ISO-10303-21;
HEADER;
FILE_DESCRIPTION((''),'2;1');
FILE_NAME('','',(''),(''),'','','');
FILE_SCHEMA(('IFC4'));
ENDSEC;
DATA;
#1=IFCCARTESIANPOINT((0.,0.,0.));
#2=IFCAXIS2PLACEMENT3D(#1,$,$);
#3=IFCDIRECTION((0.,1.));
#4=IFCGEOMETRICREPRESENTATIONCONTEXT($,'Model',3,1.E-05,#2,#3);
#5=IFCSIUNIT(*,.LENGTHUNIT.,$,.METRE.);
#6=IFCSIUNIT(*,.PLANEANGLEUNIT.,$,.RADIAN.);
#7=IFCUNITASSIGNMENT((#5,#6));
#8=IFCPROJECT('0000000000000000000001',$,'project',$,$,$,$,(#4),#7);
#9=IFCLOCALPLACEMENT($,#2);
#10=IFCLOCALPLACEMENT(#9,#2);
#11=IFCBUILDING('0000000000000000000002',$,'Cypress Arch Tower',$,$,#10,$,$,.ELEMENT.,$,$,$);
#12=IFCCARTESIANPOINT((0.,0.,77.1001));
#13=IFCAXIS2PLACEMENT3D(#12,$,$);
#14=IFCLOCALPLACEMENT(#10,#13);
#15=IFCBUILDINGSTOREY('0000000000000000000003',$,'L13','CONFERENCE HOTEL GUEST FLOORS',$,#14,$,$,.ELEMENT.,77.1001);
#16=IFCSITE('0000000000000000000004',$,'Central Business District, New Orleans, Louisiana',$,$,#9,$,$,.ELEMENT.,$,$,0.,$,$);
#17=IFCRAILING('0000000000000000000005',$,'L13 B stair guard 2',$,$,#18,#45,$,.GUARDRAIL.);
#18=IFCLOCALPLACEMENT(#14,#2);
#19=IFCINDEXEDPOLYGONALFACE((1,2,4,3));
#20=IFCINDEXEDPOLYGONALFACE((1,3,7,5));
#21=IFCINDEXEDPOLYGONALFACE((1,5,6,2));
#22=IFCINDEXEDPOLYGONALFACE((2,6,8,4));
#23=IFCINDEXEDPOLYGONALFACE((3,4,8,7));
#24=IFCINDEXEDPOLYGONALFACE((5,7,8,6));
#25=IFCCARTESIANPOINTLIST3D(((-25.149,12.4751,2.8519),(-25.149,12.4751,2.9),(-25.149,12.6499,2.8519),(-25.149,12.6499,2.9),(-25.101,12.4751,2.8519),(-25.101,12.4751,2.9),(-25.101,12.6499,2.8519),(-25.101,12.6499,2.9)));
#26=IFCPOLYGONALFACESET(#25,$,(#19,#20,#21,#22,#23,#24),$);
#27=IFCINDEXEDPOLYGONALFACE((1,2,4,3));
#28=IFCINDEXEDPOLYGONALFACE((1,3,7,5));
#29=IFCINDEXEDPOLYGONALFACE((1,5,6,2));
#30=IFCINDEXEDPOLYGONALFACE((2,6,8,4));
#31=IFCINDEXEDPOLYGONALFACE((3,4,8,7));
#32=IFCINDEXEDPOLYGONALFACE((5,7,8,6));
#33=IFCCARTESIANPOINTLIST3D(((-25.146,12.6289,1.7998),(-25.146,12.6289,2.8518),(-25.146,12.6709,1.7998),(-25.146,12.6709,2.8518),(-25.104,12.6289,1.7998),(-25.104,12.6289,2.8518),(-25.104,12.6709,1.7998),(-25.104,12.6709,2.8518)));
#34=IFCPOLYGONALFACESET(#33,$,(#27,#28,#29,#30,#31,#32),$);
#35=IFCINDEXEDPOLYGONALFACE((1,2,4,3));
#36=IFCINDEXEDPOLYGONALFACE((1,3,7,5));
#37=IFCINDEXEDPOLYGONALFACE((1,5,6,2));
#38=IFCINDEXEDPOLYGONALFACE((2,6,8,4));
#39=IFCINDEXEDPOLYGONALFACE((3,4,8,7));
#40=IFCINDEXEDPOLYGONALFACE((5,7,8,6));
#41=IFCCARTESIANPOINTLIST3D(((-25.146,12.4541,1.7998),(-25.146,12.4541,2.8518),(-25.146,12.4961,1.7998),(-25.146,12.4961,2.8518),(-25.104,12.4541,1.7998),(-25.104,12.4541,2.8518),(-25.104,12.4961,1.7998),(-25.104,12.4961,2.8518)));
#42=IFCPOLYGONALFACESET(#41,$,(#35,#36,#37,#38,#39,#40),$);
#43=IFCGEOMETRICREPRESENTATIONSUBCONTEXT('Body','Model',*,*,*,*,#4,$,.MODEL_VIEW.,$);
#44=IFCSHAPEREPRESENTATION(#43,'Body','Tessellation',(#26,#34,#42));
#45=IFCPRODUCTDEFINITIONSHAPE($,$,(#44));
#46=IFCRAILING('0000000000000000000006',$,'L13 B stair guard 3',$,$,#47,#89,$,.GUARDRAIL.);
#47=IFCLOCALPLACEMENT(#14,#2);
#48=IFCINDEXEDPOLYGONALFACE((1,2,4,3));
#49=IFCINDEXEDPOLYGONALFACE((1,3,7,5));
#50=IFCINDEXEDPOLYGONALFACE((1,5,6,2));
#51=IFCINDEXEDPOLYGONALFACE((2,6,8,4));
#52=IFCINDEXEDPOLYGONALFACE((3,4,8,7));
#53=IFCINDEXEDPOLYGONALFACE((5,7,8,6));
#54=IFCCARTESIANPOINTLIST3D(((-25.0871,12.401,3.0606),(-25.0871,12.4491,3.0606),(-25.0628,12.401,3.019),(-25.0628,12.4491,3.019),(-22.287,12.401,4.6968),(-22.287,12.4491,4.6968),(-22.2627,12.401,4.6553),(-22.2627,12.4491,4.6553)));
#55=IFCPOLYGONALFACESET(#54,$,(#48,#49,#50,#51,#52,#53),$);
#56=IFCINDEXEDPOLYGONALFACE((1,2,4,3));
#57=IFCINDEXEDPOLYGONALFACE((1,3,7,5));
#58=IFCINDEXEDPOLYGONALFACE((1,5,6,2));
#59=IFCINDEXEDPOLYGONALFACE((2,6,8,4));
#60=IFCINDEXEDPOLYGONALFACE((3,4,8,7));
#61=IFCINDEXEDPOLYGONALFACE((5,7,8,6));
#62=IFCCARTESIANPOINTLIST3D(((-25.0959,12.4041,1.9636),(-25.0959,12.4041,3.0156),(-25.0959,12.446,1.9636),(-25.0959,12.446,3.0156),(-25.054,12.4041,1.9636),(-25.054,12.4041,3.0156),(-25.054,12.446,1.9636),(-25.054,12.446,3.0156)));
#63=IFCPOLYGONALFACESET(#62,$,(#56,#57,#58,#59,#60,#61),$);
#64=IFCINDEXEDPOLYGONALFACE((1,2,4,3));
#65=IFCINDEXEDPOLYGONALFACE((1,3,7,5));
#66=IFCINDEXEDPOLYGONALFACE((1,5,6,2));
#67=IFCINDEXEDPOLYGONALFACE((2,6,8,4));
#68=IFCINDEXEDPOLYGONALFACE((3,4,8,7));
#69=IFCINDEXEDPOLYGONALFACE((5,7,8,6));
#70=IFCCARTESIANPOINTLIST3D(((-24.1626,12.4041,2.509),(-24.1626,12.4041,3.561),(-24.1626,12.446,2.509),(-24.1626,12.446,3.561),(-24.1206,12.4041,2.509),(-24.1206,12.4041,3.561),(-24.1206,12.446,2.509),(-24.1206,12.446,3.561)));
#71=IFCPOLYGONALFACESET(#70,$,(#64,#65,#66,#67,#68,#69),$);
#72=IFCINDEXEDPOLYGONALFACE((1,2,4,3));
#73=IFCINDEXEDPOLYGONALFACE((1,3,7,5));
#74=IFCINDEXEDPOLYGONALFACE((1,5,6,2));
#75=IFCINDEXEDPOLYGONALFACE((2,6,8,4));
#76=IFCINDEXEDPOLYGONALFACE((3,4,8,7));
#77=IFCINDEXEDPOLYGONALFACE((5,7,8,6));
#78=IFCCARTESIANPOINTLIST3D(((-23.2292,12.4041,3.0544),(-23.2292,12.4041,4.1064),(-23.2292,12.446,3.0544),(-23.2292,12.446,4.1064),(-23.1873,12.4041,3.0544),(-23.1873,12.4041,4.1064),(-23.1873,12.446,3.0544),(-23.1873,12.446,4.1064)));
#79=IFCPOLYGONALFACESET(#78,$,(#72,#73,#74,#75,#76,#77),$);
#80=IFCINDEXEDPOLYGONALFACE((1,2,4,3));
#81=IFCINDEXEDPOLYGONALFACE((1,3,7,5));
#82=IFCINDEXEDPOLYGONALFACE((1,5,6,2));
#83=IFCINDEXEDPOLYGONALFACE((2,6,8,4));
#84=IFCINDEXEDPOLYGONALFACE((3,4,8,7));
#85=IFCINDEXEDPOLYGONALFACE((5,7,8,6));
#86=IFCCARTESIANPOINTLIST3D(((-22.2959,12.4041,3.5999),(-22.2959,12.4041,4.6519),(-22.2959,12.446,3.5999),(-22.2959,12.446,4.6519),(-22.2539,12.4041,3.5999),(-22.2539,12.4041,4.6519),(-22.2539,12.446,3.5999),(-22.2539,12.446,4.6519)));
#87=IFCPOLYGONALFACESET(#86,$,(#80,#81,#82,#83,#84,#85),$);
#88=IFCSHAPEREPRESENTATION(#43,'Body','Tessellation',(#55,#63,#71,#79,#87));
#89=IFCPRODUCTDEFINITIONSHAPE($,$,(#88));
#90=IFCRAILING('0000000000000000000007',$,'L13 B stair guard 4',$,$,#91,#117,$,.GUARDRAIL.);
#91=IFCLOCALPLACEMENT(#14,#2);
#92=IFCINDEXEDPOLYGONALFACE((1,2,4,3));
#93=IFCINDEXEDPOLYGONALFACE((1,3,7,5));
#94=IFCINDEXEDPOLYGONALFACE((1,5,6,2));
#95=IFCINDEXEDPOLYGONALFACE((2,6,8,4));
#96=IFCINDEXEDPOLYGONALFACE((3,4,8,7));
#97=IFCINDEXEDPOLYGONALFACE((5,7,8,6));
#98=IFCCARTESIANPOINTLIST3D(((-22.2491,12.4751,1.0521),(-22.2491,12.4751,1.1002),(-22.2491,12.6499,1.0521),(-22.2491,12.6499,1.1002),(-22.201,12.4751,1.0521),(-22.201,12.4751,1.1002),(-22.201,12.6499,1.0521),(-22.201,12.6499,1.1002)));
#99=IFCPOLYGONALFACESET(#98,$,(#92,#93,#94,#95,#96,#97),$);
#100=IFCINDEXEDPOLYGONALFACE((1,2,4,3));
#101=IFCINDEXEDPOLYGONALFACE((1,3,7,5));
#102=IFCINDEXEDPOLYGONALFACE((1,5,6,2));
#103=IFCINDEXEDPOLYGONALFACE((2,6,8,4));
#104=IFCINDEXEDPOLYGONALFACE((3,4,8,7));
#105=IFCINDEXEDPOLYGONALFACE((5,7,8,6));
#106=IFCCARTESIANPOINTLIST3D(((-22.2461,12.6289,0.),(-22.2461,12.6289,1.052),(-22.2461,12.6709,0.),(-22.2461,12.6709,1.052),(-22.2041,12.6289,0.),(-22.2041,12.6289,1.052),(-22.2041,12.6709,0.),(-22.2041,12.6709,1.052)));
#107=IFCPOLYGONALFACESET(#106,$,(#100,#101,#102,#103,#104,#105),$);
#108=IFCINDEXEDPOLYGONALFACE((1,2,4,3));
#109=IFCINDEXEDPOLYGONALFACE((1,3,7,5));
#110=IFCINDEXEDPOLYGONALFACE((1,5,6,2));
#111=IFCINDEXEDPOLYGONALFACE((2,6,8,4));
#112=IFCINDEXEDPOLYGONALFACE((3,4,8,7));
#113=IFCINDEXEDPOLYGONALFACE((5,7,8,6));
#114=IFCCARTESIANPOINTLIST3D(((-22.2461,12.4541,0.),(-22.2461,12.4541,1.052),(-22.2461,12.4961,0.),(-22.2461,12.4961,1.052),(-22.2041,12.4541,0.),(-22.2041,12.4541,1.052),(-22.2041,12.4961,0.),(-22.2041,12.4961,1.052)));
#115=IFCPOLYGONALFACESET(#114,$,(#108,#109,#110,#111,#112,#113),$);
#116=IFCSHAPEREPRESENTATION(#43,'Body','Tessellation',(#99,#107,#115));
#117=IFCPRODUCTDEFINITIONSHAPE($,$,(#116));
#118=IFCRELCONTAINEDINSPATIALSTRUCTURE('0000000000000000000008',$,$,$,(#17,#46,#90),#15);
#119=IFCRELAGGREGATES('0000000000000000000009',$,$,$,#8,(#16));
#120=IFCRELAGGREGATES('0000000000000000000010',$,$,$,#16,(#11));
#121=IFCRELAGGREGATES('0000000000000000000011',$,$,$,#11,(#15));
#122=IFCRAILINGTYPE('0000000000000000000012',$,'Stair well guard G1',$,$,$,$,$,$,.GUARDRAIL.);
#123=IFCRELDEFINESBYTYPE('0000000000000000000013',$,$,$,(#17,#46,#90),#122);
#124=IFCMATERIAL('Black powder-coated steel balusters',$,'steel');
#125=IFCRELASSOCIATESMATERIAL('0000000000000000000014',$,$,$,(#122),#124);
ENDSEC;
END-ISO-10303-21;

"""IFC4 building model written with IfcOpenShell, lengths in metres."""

from ifc_helpers import new_model, si_unit, direction, frame, origin, origin_2d, place, context, subcontext, project, spatial, rectangle, extrude, material, type_object, element, save


model = new_model("IFC4")

# Units and contexts
model_context = context("Model", 3, precision=1e-05, world=origin(), true_north=direction((0.0, 1.0)))
body_context = subcontext(model_context, "Body", "Model", "MODEL_VIEW")
ifc_project = project(units=[si_unit("LENGTHUNIT", "METRE"), si_unit("PLANEANGLEUNIT", "RADIAN")], contexts=[model_context])

# Site, building, storey
site_placement = place(None, origin())
site = spatial("IfcSite", under=ifc_project, at=site_placement, Name="Central Business District, New Orleans, Louisiana", CompositionType="ELEMENT", RefElevation=0.0)
building_placement = place(site_placement, origin())
building = spatial("IfcBuilding", under=site, at=building_placement, Name="Cypress Arch Tower", CompositionType="ELEMENT")
storey_placement = place(building_placement, frame((0.0, 0.0, 77.1001)))
storey = spatial("IfcBuildingStorey", under=building, at=storey_placement, Name="L13", Description="CONFERENCE HOTEL GUEST FLOORS", CompositionType="ELEMENT", Elevation=77.1001)

# Railings
ifc_material_1 = material(Name="Black powder-coated steel balusters", Category="steel")
railing_type_1 = type_object("IfcRailingType", Name="Stair well guard G1", PredefinedType="GUARDRAIL", material=ifc_material_1)
railing_1_placement = place(storey_placement, frame((-25.125, 12.6499, 1.7998)))
element("IfcRailing", 1, at=railing_1_placement, inside=storey, type_object=railing_type_1, Name="L13 B stair guard 2", PredefinedType="GUARDRAIL", context=body_context, shape_type="SweptSolid", body=[
    extrude(rectangle(XDim=0.0481, YDim=0.0481, at=origin_2d()), frame((0.0, 0.0, 1.0762), z_axis=(0.0, -1.0, 0.0), x_axis=(1.0, 0.0, 0.0)), (0.0, 0.0, 1.0), 0.1748),
    extrude(rectangle(XDim=0.042, YDim=0.042, at=origin_2d()), origin(), (0.0, 0.0, 1.0), 1.052),
    extrude(rectangle(XDim=0.042, YDim=0.042, at=origin_2d()), frame((0.0, -0.1748, 0.0)), (0.0, 0.0, 1.0), 1.052),
])
railing_2_placement = place(storey_placement, frame((-25.075, 12.425, 1.9636)))
element("IfcRailing", 2, at=railing_2_placement, inside=storey, type_object=railing_type_1, Name="L13 B stair guard 3", PredefinedType="GUARDRAIL", context=body_context, shape_type="SweptSolid", body=[
    extrude(rectangle(XDim=0.0481, YDim=0.0481, at=origin_2d()), frame((0.0, 0.0, 1.0762), z_axis=(0.863394, 0.0, 0.504531), x_axis=(0.0, 1.0, 0.0)), (0.0, 0.0, 1.0), 3.2432),
    extrude(rectangle(XDim=0.042, YDim=0.042, at=origin_2d()), origin(), (0.0, 0.0, 1.0), 1.052),
    extrude(rectangle(XDim=0.042, YDim=0.042, at=origin_2d()), frame((0.9333, 0.0, 0.5454)), (0.0, 0.0, 1.0), 1.052),
    extrude(rectangle(XDim=0.042, YDim=0.042, at=origin_2d()), frame((1.8667, 0.0, 1.0908)), (0.0, 0.0, 1.0), 1.052),
    extrude(rectangle(XDim=0.042, YDim=0.042, at=origin_2d()), frame((2.8, 0.0, 1.6362)), (0.0, 0.0, 1.0), 1.052),
])
railing_3_placement = place(storey_placement, frame((-22.2251, 12.6499, 0.0)))
element("IfcRailing", 3, at=railing_3_placement, inside=storey, type_object=railing_type_1, Name="L13 B stair guard 4", PredefinedType="GUARDRAIL", context=body_context, shape_type="SweptSolid", body=[
    extrude(rectangle(XDim=0.0481, YDim=0.0481, at=origin_2d()), frame((0.0, 0.0, 1.0762), z_axis=(0.0, -1.0, 0.0), x_axis=(1.0, 0.0, 0.0)), (0.0, 0.0, 1.0), 0.1748),
    extrude(rectangle(XDim=0.042, YDim=0.042, at=origin_2d()), origin(), (0.0, 0.0, 1.0), 1.052),
    extrude(rectangle(XDim=0.042, YDim=0.042, at=origin_2d()), frame((0.0, -0.1748, 0.0)), (0.0, 0.0, 1.0), 1.052),
])

save(model, "model.ifc")
